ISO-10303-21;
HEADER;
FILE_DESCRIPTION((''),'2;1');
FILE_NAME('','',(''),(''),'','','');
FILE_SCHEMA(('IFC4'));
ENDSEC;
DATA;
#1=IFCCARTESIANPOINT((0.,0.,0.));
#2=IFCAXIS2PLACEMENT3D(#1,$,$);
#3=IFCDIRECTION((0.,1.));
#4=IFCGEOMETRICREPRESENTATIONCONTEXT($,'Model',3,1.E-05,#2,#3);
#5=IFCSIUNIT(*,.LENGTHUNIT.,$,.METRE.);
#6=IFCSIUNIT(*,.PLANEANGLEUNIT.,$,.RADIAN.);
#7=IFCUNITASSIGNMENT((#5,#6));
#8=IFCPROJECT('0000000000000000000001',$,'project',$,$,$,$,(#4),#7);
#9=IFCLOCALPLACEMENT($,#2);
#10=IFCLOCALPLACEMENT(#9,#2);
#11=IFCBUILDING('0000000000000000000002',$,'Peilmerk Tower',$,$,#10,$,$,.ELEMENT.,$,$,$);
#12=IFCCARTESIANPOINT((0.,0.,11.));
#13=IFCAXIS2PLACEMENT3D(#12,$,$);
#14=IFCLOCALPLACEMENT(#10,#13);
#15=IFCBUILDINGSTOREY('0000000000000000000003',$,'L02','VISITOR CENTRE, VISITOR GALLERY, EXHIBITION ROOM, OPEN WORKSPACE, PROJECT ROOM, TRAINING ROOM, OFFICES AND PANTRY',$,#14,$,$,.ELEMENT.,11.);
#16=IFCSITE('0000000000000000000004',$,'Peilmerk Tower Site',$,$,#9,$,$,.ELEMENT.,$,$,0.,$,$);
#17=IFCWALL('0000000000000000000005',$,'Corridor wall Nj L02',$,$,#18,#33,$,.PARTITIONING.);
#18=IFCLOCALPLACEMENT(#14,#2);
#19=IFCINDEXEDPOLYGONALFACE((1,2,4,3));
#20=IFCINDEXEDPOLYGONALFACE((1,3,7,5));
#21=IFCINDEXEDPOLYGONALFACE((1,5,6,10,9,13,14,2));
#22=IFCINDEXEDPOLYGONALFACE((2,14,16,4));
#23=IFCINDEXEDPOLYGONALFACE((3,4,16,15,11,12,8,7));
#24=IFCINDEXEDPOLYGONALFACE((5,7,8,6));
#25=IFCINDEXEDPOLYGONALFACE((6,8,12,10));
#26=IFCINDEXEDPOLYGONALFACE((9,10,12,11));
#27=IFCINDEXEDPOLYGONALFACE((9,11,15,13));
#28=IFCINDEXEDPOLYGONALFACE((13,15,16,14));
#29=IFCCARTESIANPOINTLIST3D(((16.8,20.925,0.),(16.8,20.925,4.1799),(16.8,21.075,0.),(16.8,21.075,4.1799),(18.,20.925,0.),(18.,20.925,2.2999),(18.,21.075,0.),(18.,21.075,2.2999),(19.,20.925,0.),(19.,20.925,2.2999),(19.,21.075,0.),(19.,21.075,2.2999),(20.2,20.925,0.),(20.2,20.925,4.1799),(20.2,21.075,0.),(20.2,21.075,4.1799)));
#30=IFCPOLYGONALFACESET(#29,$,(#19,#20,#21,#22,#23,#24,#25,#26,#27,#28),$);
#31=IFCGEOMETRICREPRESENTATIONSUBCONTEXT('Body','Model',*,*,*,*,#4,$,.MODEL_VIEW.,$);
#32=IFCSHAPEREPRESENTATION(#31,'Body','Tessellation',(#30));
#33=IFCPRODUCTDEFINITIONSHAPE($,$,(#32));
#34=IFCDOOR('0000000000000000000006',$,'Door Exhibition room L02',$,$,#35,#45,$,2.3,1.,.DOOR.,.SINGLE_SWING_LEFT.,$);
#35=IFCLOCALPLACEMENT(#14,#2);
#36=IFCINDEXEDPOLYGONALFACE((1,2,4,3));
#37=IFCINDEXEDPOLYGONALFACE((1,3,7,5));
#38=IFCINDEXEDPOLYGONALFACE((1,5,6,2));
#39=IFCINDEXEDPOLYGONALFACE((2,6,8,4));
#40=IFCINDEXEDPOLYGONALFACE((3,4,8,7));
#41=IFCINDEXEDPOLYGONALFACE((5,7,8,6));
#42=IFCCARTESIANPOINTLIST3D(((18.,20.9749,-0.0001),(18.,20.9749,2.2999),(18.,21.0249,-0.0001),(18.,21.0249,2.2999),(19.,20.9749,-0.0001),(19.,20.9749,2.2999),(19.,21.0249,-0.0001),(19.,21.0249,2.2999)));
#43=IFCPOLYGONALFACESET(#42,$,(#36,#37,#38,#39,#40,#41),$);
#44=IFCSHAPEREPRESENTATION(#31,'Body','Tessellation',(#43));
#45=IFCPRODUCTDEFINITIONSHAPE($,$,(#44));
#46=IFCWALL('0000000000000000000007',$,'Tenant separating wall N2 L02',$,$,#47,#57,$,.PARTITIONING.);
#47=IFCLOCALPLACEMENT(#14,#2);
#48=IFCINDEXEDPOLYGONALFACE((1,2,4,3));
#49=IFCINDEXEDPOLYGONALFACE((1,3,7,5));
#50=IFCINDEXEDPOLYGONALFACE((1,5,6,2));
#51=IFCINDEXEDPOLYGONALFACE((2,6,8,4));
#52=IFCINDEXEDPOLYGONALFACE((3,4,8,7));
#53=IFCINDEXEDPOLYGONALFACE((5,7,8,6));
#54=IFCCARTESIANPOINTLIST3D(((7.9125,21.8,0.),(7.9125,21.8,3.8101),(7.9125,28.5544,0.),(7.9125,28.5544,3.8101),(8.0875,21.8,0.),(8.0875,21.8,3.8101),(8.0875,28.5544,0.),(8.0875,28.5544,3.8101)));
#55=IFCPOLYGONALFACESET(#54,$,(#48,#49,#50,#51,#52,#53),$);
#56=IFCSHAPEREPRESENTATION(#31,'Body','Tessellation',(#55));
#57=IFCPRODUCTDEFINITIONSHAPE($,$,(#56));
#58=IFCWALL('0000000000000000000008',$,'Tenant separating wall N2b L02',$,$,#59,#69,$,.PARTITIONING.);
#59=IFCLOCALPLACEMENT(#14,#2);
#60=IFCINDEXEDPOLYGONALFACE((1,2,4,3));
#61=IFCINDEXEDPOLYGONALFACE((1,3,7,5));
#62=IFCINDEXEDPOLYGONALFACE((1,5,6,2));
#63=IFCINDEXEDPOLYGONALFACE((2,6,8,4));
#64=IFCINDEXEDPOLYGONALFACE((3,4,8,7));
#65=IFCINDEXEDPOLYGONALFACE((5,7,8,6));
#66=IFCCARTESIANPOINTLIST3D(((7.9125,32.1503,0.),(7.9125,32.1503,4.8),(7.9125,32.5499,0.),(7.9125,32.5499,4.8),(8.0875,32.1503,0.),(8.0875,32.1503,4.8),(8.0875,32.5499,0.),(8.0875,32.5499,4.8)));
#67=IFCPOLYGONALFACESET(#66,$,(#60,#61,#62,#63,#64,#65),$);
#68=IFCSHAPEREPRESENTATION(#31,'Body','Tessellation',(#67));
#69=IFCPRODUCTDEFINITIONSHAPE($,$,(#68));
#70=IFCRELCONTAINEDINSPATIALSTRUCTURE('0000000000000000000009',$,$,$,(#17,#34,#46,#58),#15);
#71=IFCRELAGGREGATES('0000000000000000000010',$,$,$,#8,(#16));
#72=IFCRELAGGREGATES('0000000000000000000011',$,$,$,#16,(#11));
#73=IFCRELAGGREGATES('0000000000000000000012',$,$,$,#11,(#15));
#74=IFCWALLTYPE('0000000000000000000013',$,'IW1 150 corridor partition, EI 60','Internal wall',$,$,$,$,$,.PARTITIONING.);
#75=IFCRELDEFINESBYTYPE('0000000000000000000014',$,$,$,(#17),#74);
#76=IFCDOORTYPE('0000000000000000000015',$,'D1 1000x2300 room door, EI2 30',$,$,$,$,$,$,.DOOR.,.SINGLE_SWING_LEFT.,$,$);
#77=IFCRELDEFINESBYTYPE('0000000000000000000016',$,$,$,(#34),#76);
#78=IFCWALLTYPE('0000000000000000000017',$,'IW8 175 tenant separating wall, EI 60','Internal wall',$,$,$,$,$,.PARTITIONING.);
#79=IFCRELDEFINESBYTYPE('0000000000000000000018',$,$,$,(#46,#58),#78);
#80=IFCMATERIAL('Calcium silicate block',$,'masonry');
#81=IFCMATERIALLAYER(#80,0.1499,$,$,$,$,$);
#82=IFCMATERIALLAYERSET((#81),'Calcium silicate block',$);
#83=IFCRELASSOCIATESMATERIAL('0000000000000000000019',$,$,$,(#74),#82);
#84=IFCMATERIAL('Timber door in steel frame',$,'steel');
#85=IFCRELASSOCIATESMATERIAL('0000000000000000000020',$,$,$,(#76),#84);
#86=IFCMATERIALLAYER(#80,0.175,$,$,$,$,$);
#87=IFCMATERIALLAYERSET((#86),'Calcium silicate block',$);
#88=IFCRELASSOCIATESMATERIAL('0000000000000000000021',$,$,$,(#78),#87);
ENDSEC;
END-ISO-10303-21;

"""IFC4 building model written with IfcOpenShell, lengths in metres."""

from ifc_helpers import new_model, si_unit, direction, frame, frame_2d, origin, place, context, subcontext, project, spatial, rectangle, extrude, material, layer, layer_set, type_object, element, fill, save


model = new_model("IFC4")

# Units and contexts
model_context = context("Model", 3, precision=1e-05, world=origin(), true_north=direction((0.0, 1.0)))
body_context = subcontext(model_context, "Body", "Model", "MODEL_VIEW")
ifc_project = project(units=[si_unit("LENGTHUNIT", "METRE"), si_unit("PLANEANGLEUNIT", "RADIAN")], contexts=[model_context])

# Site, building, storey
site_placement = place(None, origin())
site = spatial("IfcSite", under=ifc_project, at=site_placement, Name="Peilmerk Tower Site", CompositionType="ELEMENT", RefElevation=0.0)
building_placement = place(site_placement, origin())
building = spatial("IfcBuilding", under=site, at=building_placement, Name="Peilmerk Tower", CompositionType="ELEMENT")
storey_placement = place(building_placement, frame((0.0, 0.0, 11.0)))
storey = spatial("IfcBuildingStorey", under=building, at=storey_placement, Name="L02", Description="VISITOR CENTRE, VISITOR GALLERY, EXHIBITION ROOM, OPEN WORKSPACE, PROJECT ROOM, TRAINING ROOM, OFFICES AND PANTRY", CompositionType="ELEMENT", Elevation=11.0)

# Shared definitions
ifc_material_1 = material(Name="Calcium silicate block", Category="masonry")
ifc_layer_1 = layer(ifc_material_1, 0.1499)
ifc_layer_set_1 = layer_set([ifc_layer_1], Name="Calcium silicate block")
wall_type_1 = type_object("IfcWallType", Name="IW1 150 corridor partition, EI 60", Description="Internal wall", PredefinedType="PARTITIONING", material=ifc_layer_set_1)

# Wall, opening, door
ifc_material_2 = material(Name="Timber door in steel frame", Category="steel")
door_type = type_object("IfcDoorType", Name="D1 1000x2300 room door, EI2 30", OperationType="SINGLE_SWING_LEFT", PredefinedType="DOOR", material=ifc_material_2)
wall_1_placement = place(storey_placement, frame((16.8, 21.0, 0.0), z_axis=(0.0, 0.0, 1.0), x_axis=(1.0, 0.0, 0.0)))
wall_1 = element("IfcWall", 1, at=wall_1_placement, inside=storey, type_object=wall_type_1, Name="Corridor wall Nj L02", PredefinedType="PARTITIONING", context=body_context, shape_type="SweptSolid", body=[
    extrude(rectangle(XDim=3.3999, YDim=0.1499, at=frame_2d((1.7, 0.0))), origin(), (0.0, 0.0, 1.0), 4.1799),
])
opening_1_placement = place(wall_1_placement, frame((1.2, 0.0, 0.0)))
opening_1 = element("IfcOpeningElement", 2, at=opening_1_placement, cuts=wall_1, PredefinedType="OPENING", context=body_context, shape_type="SweptSolid", body=[
    extrude(rectangle(XDim=1.0, YDim=2.3, at=frame_2d((0.5, 1.1499))), frame((0.0, 0.085, 0.0), z_axis=(0.0, -1.0, 0.0), x_axis=(1.0, 0.0, 0.0)), (0.0, 0.0, 1.0), 0.1699),
])
door_1_placement = place(opening_1_placement, origin())
door_1 = element("IfcDoor", 3, at=door_1_placement, inside=storey, type_object=door_type, Name="Door Exhibition room L02", OperationType="SINGLE_SWING_LEFT", OverallHeight=2.3, OverallWidth=1.0, PredefinedType="DOOR", context=body_context, shape_type="SweptSolid", body=[
    extrude(rectangle(XDim=1.0, YDim=2.3, at=frame_2d((0.5, 1.1499))), frame((0.0, 0.0249, 0.0), z_axis=(0.0, -1.0, 0.0), x_axis=(1.0, 0.0, 0.0)), (0.0, 0.0, 1.0), 0.05),
])
fill(opening_1, door_1)

# Walls
ifc_layer_2 = layer(ifc_material_1, 0.175)
ifc_layer_set_2 = layer_set([ifc_layer_2], Name="Calcium silicate block")
wall_type_2 = type_object("IfcWallType", Name="IW8 175 tenant separating wall, EI 60", Description="Internal wall", PredefinedType="PARTITIONING", material=ifc_layer_set_2)
wall_2_placement = place(storey_placement, frame((8.0, 21.8, 0.0), z_axis=(0.0, 0.0, 1.0), x_axis=(0.0, 1.0, 0.0)))
element("IfcWall", 4, at=wall_2_placement, inside=storey, type_object=wall_type_2, Name="Tenant separating wall N2 L02", PredefinedType="PARTITIONING", context=body_context, shape_type="SweptSolid", body=[
    extrude(rectangle(XDim=6.7544, YDim=0.175, at=frame_2d((3.3772, 0.0))), origin(), (0.0, 0.0, 1.0), 3.8101),
])
wall_3_placement = place(storey_placement, frame((8.0, 32.1504, 0.0), z_axis=(0.0, 0.0, 1.0), x_axis=(0.0, 1.0, 0.0)))
element("IfcWall", 5, at=wall_3_placement, inside=storey, type_object=wall_type_2, Name="Tenant separating wall N2b L02", PredefinedType="PARTITIONING", context=body_context, shape_type="SweptSolid", body=[
    extrude(rectangle(XDim=0.3997, YDim=0.175, at=frame_2d((0.1997, 0.0))), origin(), (0.0, 0.0, 1.0), 4.8),
])

save(model, "model.ifc")
